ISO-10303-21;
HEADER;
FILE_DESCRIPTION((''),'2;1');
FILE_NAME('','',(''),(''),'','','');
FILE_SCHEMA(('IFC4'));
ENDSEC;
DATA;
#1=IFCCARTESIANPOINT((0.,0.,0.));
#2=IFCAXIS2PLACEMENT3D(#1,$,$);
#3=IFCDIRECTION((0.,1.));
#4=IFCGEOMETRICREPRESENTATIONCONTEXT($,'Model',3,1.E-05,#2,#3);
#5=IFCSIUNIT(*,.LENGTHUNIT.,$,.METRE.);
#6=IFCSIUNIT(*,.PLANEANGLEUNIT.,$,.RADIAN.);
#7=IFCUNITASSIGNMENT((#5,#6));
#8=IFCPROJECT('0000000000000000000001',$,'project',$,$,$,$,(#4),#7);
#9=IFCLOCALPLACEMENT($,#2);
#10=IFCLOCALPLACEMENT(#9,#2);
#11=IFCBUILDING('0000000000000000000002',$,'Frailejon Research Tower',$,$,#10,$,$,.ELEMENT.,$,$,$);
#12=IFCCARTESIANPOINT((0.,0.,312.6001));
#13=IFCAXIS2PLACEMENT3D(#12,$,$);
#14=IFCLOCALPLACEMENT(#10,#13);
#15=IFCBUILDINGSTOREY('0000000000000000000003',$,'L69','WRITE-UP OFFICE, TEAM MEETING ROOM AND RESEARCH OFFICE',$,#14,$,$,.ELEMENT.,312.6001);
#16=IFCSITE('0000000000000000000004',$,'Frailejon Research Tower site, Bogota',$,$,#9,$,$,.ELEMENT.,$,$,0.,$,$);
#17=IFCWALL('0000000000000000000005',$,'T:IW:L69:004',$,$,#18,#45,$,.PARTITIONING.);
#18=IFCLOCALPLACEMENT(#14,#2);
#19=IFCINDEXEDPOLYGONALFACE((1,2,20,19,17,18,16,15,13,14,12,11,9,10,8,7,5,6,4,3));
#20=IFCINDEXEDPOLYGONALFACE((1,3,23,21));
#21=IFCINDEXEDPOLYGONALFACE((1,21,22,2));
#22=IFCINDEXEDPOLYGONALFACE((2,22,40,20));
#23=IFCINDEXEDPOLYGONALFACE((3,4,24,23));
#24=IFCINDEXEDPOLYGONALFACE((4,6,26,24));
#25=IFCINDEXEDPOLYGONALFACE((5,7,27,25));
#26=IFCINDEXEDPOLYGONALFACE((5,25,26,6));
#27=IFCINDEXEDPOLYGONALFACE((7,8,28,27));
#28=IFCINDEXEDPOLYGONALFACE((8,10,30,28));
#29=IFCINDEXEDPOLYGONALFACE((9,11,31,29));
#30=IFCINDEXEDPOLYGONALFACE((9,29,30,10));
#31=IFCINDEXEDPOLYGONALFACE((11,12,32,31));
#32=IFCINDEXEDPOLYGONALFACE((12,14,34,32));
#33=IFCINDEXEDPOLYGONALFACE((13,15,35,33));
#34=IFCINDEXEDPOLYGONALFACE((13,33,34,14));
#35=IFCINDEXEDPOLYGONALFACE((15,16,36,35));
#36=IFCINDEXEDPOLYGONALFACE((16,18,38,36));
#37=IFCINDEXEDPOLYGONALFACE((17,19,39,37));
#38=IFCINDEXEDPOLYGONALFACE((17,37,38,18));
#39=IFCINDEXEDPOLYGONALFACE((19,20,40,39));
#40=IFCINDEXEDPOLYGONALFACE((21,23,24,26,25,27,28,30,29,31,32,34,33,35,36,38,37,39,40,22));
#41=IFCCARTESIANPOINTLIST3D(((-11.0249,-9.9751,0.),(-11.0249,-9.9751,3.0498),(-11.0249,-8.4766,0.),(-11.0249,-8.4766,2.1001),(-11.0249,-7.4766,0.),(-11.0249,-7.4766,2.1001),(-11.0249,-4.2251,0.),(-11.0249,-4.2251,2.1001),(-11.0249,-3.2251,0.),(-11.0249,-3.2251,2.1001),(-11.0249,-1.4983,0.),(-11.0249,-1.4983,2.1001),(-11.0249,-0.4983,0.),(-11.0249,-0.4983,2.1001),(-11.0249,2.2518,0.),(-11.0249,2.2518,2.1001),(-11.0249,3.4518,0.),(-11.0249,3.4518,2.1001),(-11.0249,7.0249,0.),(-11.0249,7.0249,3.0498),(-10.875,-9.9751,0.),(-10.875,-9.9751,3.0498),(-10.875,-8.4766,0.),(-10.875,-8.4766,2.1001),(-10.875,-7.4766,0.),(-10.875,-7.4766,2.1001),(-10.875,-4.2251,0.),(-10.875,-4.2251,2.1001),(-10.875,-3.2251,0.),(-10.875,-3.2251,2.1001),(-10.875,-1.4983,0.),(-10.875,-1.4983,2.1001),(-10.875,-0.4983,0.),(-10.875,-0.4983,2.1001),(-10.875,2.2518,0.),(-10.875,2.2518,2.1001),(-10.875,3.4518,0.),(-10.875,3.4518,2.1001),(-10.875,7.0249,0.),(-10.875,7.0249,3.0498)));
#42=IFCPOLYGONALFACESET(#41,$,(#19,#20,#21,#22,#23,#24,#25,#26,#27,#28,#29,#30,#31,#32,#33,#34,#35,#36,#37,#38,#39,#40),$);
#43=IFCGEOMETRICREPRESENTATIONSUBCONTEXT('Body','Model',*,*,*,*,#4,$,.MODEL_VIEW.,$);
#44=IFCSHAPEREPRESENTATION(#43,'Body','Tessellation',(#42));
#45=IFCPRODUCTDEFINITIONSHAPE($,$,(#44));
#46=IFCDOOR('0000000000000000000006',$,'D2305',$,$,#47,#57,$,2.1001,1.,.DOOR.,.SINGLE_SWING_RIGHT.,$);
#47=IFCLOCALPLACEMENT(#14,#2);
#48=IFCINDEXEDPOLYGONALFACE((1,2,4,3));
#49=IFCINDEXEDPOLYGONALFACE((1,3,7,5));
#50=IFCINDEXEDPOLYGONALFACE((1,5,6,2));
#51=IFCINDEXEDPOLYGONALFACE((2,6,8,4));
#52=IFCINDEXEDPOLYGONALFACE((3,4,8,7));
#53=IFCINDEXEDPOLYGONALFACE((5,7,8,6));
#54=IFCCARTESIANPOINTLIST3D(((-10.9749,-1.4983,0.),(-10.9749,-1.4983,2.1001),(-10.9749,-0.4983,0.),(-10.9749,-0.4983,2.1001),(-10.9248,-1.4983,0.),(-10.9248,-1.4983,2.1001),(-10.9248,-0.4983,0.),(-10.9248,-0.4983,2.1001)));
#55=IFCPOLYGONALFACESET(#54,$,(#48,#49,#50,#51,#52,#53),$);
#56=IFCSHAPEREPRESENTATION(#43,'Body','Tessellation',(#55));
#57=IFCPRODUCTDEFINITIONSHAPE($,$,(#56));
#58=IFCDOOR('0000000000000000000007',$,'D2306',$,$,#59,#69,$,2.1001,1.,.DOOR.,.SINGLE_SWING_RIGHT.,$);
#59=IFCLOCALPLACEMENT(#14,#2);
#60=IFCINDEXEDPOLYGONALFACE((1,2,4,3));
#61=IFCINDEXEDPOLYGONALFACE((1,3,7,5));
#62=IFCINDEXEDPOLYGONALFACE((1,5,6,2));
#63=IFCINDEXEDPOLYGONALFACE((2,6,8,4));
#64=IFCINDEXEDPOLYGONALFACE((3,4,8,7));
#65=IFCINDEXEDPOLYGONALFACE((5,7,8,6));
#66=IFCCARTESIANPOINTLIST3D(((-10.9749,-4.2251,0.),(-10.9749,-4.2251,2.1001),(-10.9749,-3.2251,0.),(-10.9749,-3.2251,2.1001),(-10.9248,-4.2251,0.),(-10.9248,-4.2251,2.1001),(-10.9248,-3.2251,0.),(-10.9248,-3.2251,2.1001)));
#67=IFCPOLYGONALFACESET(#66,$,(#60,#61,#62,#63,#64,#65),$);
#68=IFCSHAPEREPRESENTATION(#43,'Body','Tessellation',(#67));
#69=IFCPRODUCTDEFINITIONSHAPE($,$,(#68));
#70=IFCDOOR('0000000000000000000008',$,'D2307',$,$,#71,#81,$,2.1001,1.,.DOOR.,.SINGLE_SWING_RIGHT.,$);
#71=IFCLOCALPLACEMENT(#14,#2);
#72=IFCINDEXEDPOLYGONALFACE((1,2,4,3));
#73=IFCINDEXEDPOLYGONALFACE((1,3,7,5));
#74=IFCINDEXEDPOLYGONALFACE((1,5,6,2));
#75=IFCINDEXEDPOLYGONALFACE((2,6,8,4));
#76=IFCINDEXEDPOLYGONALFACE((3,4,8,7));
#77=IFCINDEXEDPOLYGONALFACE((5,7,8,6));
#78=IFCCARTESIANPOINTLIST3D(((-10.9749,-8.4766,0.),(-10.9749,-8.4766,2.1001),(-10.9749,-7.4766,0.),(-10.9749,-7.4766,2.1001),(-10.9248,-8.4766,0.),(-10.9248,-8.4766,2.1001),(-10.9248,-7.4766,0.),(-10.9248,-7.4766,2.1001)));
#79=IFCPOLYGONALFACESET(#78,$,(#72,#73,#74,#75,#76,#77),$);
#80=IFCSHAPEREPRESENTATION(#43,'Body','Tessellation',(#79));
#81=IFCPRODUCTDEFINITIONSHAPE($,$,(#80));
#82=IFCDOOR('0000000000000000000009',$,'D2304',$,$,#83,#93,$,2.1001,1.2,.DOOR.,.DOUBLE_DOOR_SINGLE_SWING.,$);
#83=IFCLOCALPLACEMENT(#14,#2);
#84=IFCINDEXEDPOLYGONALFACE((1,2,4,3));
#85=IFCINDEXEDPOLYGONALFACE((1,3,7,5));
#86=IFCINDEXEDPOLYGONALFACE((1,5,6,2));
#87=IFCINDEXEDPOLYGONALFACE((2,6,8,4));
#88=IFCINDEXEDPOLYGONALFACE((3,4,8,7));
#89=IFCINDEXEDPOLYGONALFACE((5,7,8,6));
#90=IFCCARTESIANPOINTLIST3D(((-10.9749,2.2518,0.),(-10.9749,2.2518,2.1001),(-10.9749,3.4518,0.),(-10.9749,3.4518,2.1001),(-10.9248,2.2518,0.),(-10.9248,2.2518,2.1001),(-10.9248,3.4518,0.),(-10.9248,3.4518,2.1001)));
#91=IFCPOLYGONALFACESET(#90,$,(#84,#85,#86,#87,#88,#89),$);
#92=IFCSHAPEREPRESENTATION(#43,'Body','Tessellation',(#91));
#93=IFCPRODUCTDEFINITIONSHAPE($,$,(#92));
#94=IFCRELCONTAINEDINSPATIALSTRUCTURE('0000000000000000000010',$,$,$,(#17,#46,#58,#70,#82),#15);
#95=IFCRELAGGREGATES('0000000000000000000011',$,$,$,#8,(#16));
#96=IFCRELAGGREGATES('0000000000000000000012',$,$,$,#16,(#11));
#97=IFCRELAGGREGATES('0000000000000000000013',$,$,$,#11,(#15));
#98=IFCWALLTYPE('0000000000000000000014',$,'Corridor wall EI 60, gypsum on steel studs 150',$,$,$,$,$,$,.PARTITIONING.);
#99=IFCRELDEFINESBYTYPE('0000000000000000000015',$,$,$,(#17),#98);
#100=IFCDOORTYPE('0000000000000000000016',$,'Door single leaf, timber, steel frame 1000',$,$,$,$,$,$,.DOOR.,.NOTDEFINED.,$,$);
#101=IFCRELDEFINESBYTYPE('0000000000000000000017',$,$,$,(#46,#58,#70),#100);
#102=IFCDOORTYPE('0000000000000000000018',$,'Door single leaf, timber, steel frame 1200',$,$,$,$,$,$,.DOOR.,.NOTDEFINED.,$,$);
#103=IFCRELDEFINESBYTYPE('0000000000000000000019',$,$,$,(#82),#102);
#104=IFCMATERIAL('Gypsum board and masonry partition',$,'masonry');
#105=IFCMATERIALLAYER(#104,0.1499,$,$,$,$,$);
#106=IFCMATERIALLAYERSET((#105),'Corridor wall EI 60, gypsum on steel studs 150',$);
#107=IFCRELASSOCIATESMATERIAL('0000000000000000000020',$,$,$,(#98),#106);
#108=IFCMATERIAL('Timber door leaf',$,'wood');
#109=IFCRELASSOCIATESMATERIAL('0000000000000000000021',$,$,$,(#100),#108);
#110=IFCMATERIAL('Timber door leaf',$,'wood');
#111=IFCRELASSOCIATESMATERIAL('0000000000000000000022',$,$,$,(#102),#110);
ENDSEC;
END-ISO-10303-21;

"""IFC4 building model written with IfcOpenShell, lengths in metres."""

from ifc_helpers import new_model, si_unit, direction, frame, frame_2d, origin, place, context, subcontext, project, spatial, rectangle, extrude, material, layer, layer_set, type_object, element, fill, save


model = new_model("IFC4")

# Units and contexts
model_context = context("Model", 3, precision=1e-05, world=origin(), true_north=direction((0.0, 1.0)))
body_context = subcontext(model_context, "Body", "Model", "MODEL_VIEW")
ifc_project = project(units=[si_unit("LENGTHUNIT", "METRE"), si_unit("PLANEANGLEUNIT", "RADIAN")], contexts=[model_context])

# Site, building, storey
site_placement = place(None, origin())
site = spatial("IfcSite", under=ifc_project, at=site_placement, Name="Frailejon Research Tower site, Bogota", CompositionType="ELEMENT", RefElevation=0.0)
building_placement = place(site_placement, origin())
building = spatial("IfcBuilding", under=site, at=building_placement, Name="Frailejon Research Tower", CompositionType="ELEMENT")
storey_placement = place(building_placement, frame((0.0, 0.0, 312.6001)))
storey = spatial("IfcBuildingStorey", under=building, at=storey_placement, Name="L69", Description="WRITE-UP OFFICE, TEAM MEETING ROOM AND RESEARCH OFFICE", CompositionType="ELEMENT", Elevation=312.6001)

# Wall, openings, doors
ifc_material_1 = material(Name="Gypsum board and masonry partition", Category="masonry")
ifc_layer_1 = layer(ifc_material_1, 0.1499)
ifc_layer_set_1 = layer_set([ifc_layer_1], Name="Corridor wall EI 60, gypsum on steel studs 150")
wall_type_1 = type_object("IfcWallType", Name="Corridor wall EI 60, gypsum on steel studs 150", PredefinedType="PARTITIONING", material=ifc_layer_set_1)
wall_1_placement = place(storey_placement, frame((-10.95, -9.9751, 0.0), z_axis=(0.0, 0.0, 1.0), x_axis=(0.0, 1.0, 0.0)))
wall_1 = element("IfcWall", 1, at=wall_1_placement, inside=storey, type_object=wall_type_1, Name="T:IW:L69:004", PredefinedType="PARTITIONING", context=body_context, shape_type="SweptSolid", body=[
    extrude(rectangle(XDim=17.0, YDim=0.1499, at=frame_2d((8.5, 0.0))), origin(), (0.0, 0.0, 1.0), 3.0498),
])
opening_1_placement = place(wall_1_placement, frame((12.2268, 0.0, 0.0)))
opening_1 = element("IfcOpeningElement", 2, at=opening_1_placement, cuts=wall_1, PredefinedType="OPENING", context=body_context, shape_type="SweptSolid", body=[
    extrude(rectangle(XDim=1.2, YDim=2.1001, at=frame_2d((0.6001, 1.05))), frame((0.0, 0.085, 0.0), z_axis=(0.0, -1.0, 0.0), x_axis=(1.0, 0.0, 0.0)), (0.0, 0.0, 1.0), 0.1699),
])
opening_2_placement = place(wall_1_placement, frame((8.4768, 0.0, 0.0)))
opening_2 = element("IfcOpeningElement", 3, at=opening_2_placement, cuts=wall_1, PredefinedType="OPENING", context=body_context, shape_type="SweptSolid", body=[
    extrude(rectangle(XDim=1.0, YDim=2.1001, at=frame_2d((0.5, 1.05))), frame((0.0, 0.085, 0.0), z_axis=(0.0, -1.0, 0.0), x_axis=(1.0, 0.0, 0.0)), (0.0, 0.0, 1.0), 0.1699),
])
opening_3_placement = place(wall_1_placement, frame((5.75, 0.0, 0.0)))
opening_3 = element("IfcOpeningElement", 4, at=opening_3_placement, cuts=wall_1, PredefinedType="OPENING", context=body_context, shape_type="SweptSolid", body=[
    extrude(rectangle(XDim=1.0, YDim=2.1001, at=frame_2d((0.5, 1.05))), frame((0.0, 0.085, 0.0), z_axis=(0.0, -1.0, 0.0), x_axis=(1.0, 0.0, 0.0)), (0.0, 0.0, 1.0), 0.1699),
])
opening_4_placement = place(wall_1_placement, frame((1.4985, 0.0, 0.0)))
opening_4 = element("IfcOpeningElement", 5, at=opening_4_placement, cuts=wall_1, PredefinedType="OPENING", context=body_context, shape_type="SweptSolid", body=[
    extrude(rectangle(XDim=1.0, YDim=2.1001, at=frame_2d((0.5, 1.05))), frame((0.0, 0.085, 0.0), z_axis=(0.0, -1.0, 0.0), x_axis=(1.0, 0.0, 0.0)), (0.0, 0.0, 1.0), 0.1699),
])
ifc_material_2 = material(Name="Timber door leaf", Category="wood")
door_type_1 = type_object("IfcDoorType", Name="Door single leaf, timber, steel frame 1000", OperationType="NOTDEFINED", PredefinedType="DOOR", material=ifc_material_2)
door_1_placement = place(opening_2_placement, origin())
door_1 = element("IfcDoor", 6, at=door_1_placement, inside=storey, type_object=door_type_1, Name="D2305", OperationType="SINGLE_SWING_RIGHT", OverallHeight=2.1001, OverallWidth=1.0, PredefinedType="DOOR", context=body_context, shape_type="SweptSolid", body=[
    extrude(rectangle(XDim=1.0, YDim=2.1001, at=frame_2d((0.5, 1.05))), frame((0.0, 0.0249, 0.0), z_axis=(0.0, -1.0, 0.0), x_axis=(1.0, 0.0, 0.0)), (0.0, 0.0, 1.0), 0.05),
])
fill(opening_2, door_1)
door_2_placement = place(opening_3_placement, origin())
door_2 = element("IfcDoor", 7, at=door_2_placement, inside=storey, type_object=door_type_1, Name="D2306", OperationType="SINGLE_SWING_RIGHT", OverallHeight=2.1001, OverallWidth=1.0, PredefinedType="DOOR", context=body_context, shape_type="SweptSolid", body=[
    extrude(rectangle(XDim=1.0, YDim=2.1001, at=frame_2d((0.5, 1.05))), frame((0.0, 0.0249, 0.0), z_axis=(0.0, -1.0, 0.0), x_axis=(1.0, 0.0, 0.0)), (0.0, 0.0, 1.0), 0.05),
])
fill(opening_3, door_2)
door_3_placement = place(opening_4_placement, origin())
door_3 = element("IfcDoor", 8, at=door_3_placement, inside=storey, type_object=door_type_1, Name="D2307", OperationType="SINGLE_SWING_RIGHT", OverallHeight=2.1001, OverallWidth=1.0, PredefinedType="DOOR", context=body_context, shape_type="SweptSolid", body=[
    extrude(rectangle(XDim=1.0, YDim=2.1001, at=frame_2d((0.5, 1.05))), frame((0.0, 0.0249, 0.0), z_axis=(0.0, -1.0, 0.0), x_axis=(1.0, 0.0, 0.0)), (0.0, 0.0, 1.0), 0.05),
])
fill(opening_4, door_3)
ifc_material_3 = material(Name="Timber door leaf", Category="wood")
door_type_2 = type_object("IfcDoorType", Name="Door single leaf, timber, steel frame 1200", OperationType="NOTDEFINED", PredefinedType="DOOR", material=ifc_material_3)
door_4_placement = place(opening_1_placement, origin())
door_4 = element("IfcDoor", 9, at=door_4_placement, inside=storey, type_object=door_type_2, Name="D2304", OperationType="DOUBLE_DOOR_SINGLE_SWING", OverallHeight=2.1001, OverallWidth=1.2, PredefinedType="DOOR", context=body_context, shape_type="SweptSolid", body=[
    extrude(rectangle(XDim=1.2, YDim=2.1001, at=frame_2d((0.6001, 1.05))), frame((0.0, 0.0249, 0.0), z_axis=(0.0, -1.0, 0.0), x_axis=(1.0, 0.0, 0.0)), (0.0, 0.0, 1.0), 0.05),
])
fill(opening_1, door_4)

save(model, "model.ifc")
